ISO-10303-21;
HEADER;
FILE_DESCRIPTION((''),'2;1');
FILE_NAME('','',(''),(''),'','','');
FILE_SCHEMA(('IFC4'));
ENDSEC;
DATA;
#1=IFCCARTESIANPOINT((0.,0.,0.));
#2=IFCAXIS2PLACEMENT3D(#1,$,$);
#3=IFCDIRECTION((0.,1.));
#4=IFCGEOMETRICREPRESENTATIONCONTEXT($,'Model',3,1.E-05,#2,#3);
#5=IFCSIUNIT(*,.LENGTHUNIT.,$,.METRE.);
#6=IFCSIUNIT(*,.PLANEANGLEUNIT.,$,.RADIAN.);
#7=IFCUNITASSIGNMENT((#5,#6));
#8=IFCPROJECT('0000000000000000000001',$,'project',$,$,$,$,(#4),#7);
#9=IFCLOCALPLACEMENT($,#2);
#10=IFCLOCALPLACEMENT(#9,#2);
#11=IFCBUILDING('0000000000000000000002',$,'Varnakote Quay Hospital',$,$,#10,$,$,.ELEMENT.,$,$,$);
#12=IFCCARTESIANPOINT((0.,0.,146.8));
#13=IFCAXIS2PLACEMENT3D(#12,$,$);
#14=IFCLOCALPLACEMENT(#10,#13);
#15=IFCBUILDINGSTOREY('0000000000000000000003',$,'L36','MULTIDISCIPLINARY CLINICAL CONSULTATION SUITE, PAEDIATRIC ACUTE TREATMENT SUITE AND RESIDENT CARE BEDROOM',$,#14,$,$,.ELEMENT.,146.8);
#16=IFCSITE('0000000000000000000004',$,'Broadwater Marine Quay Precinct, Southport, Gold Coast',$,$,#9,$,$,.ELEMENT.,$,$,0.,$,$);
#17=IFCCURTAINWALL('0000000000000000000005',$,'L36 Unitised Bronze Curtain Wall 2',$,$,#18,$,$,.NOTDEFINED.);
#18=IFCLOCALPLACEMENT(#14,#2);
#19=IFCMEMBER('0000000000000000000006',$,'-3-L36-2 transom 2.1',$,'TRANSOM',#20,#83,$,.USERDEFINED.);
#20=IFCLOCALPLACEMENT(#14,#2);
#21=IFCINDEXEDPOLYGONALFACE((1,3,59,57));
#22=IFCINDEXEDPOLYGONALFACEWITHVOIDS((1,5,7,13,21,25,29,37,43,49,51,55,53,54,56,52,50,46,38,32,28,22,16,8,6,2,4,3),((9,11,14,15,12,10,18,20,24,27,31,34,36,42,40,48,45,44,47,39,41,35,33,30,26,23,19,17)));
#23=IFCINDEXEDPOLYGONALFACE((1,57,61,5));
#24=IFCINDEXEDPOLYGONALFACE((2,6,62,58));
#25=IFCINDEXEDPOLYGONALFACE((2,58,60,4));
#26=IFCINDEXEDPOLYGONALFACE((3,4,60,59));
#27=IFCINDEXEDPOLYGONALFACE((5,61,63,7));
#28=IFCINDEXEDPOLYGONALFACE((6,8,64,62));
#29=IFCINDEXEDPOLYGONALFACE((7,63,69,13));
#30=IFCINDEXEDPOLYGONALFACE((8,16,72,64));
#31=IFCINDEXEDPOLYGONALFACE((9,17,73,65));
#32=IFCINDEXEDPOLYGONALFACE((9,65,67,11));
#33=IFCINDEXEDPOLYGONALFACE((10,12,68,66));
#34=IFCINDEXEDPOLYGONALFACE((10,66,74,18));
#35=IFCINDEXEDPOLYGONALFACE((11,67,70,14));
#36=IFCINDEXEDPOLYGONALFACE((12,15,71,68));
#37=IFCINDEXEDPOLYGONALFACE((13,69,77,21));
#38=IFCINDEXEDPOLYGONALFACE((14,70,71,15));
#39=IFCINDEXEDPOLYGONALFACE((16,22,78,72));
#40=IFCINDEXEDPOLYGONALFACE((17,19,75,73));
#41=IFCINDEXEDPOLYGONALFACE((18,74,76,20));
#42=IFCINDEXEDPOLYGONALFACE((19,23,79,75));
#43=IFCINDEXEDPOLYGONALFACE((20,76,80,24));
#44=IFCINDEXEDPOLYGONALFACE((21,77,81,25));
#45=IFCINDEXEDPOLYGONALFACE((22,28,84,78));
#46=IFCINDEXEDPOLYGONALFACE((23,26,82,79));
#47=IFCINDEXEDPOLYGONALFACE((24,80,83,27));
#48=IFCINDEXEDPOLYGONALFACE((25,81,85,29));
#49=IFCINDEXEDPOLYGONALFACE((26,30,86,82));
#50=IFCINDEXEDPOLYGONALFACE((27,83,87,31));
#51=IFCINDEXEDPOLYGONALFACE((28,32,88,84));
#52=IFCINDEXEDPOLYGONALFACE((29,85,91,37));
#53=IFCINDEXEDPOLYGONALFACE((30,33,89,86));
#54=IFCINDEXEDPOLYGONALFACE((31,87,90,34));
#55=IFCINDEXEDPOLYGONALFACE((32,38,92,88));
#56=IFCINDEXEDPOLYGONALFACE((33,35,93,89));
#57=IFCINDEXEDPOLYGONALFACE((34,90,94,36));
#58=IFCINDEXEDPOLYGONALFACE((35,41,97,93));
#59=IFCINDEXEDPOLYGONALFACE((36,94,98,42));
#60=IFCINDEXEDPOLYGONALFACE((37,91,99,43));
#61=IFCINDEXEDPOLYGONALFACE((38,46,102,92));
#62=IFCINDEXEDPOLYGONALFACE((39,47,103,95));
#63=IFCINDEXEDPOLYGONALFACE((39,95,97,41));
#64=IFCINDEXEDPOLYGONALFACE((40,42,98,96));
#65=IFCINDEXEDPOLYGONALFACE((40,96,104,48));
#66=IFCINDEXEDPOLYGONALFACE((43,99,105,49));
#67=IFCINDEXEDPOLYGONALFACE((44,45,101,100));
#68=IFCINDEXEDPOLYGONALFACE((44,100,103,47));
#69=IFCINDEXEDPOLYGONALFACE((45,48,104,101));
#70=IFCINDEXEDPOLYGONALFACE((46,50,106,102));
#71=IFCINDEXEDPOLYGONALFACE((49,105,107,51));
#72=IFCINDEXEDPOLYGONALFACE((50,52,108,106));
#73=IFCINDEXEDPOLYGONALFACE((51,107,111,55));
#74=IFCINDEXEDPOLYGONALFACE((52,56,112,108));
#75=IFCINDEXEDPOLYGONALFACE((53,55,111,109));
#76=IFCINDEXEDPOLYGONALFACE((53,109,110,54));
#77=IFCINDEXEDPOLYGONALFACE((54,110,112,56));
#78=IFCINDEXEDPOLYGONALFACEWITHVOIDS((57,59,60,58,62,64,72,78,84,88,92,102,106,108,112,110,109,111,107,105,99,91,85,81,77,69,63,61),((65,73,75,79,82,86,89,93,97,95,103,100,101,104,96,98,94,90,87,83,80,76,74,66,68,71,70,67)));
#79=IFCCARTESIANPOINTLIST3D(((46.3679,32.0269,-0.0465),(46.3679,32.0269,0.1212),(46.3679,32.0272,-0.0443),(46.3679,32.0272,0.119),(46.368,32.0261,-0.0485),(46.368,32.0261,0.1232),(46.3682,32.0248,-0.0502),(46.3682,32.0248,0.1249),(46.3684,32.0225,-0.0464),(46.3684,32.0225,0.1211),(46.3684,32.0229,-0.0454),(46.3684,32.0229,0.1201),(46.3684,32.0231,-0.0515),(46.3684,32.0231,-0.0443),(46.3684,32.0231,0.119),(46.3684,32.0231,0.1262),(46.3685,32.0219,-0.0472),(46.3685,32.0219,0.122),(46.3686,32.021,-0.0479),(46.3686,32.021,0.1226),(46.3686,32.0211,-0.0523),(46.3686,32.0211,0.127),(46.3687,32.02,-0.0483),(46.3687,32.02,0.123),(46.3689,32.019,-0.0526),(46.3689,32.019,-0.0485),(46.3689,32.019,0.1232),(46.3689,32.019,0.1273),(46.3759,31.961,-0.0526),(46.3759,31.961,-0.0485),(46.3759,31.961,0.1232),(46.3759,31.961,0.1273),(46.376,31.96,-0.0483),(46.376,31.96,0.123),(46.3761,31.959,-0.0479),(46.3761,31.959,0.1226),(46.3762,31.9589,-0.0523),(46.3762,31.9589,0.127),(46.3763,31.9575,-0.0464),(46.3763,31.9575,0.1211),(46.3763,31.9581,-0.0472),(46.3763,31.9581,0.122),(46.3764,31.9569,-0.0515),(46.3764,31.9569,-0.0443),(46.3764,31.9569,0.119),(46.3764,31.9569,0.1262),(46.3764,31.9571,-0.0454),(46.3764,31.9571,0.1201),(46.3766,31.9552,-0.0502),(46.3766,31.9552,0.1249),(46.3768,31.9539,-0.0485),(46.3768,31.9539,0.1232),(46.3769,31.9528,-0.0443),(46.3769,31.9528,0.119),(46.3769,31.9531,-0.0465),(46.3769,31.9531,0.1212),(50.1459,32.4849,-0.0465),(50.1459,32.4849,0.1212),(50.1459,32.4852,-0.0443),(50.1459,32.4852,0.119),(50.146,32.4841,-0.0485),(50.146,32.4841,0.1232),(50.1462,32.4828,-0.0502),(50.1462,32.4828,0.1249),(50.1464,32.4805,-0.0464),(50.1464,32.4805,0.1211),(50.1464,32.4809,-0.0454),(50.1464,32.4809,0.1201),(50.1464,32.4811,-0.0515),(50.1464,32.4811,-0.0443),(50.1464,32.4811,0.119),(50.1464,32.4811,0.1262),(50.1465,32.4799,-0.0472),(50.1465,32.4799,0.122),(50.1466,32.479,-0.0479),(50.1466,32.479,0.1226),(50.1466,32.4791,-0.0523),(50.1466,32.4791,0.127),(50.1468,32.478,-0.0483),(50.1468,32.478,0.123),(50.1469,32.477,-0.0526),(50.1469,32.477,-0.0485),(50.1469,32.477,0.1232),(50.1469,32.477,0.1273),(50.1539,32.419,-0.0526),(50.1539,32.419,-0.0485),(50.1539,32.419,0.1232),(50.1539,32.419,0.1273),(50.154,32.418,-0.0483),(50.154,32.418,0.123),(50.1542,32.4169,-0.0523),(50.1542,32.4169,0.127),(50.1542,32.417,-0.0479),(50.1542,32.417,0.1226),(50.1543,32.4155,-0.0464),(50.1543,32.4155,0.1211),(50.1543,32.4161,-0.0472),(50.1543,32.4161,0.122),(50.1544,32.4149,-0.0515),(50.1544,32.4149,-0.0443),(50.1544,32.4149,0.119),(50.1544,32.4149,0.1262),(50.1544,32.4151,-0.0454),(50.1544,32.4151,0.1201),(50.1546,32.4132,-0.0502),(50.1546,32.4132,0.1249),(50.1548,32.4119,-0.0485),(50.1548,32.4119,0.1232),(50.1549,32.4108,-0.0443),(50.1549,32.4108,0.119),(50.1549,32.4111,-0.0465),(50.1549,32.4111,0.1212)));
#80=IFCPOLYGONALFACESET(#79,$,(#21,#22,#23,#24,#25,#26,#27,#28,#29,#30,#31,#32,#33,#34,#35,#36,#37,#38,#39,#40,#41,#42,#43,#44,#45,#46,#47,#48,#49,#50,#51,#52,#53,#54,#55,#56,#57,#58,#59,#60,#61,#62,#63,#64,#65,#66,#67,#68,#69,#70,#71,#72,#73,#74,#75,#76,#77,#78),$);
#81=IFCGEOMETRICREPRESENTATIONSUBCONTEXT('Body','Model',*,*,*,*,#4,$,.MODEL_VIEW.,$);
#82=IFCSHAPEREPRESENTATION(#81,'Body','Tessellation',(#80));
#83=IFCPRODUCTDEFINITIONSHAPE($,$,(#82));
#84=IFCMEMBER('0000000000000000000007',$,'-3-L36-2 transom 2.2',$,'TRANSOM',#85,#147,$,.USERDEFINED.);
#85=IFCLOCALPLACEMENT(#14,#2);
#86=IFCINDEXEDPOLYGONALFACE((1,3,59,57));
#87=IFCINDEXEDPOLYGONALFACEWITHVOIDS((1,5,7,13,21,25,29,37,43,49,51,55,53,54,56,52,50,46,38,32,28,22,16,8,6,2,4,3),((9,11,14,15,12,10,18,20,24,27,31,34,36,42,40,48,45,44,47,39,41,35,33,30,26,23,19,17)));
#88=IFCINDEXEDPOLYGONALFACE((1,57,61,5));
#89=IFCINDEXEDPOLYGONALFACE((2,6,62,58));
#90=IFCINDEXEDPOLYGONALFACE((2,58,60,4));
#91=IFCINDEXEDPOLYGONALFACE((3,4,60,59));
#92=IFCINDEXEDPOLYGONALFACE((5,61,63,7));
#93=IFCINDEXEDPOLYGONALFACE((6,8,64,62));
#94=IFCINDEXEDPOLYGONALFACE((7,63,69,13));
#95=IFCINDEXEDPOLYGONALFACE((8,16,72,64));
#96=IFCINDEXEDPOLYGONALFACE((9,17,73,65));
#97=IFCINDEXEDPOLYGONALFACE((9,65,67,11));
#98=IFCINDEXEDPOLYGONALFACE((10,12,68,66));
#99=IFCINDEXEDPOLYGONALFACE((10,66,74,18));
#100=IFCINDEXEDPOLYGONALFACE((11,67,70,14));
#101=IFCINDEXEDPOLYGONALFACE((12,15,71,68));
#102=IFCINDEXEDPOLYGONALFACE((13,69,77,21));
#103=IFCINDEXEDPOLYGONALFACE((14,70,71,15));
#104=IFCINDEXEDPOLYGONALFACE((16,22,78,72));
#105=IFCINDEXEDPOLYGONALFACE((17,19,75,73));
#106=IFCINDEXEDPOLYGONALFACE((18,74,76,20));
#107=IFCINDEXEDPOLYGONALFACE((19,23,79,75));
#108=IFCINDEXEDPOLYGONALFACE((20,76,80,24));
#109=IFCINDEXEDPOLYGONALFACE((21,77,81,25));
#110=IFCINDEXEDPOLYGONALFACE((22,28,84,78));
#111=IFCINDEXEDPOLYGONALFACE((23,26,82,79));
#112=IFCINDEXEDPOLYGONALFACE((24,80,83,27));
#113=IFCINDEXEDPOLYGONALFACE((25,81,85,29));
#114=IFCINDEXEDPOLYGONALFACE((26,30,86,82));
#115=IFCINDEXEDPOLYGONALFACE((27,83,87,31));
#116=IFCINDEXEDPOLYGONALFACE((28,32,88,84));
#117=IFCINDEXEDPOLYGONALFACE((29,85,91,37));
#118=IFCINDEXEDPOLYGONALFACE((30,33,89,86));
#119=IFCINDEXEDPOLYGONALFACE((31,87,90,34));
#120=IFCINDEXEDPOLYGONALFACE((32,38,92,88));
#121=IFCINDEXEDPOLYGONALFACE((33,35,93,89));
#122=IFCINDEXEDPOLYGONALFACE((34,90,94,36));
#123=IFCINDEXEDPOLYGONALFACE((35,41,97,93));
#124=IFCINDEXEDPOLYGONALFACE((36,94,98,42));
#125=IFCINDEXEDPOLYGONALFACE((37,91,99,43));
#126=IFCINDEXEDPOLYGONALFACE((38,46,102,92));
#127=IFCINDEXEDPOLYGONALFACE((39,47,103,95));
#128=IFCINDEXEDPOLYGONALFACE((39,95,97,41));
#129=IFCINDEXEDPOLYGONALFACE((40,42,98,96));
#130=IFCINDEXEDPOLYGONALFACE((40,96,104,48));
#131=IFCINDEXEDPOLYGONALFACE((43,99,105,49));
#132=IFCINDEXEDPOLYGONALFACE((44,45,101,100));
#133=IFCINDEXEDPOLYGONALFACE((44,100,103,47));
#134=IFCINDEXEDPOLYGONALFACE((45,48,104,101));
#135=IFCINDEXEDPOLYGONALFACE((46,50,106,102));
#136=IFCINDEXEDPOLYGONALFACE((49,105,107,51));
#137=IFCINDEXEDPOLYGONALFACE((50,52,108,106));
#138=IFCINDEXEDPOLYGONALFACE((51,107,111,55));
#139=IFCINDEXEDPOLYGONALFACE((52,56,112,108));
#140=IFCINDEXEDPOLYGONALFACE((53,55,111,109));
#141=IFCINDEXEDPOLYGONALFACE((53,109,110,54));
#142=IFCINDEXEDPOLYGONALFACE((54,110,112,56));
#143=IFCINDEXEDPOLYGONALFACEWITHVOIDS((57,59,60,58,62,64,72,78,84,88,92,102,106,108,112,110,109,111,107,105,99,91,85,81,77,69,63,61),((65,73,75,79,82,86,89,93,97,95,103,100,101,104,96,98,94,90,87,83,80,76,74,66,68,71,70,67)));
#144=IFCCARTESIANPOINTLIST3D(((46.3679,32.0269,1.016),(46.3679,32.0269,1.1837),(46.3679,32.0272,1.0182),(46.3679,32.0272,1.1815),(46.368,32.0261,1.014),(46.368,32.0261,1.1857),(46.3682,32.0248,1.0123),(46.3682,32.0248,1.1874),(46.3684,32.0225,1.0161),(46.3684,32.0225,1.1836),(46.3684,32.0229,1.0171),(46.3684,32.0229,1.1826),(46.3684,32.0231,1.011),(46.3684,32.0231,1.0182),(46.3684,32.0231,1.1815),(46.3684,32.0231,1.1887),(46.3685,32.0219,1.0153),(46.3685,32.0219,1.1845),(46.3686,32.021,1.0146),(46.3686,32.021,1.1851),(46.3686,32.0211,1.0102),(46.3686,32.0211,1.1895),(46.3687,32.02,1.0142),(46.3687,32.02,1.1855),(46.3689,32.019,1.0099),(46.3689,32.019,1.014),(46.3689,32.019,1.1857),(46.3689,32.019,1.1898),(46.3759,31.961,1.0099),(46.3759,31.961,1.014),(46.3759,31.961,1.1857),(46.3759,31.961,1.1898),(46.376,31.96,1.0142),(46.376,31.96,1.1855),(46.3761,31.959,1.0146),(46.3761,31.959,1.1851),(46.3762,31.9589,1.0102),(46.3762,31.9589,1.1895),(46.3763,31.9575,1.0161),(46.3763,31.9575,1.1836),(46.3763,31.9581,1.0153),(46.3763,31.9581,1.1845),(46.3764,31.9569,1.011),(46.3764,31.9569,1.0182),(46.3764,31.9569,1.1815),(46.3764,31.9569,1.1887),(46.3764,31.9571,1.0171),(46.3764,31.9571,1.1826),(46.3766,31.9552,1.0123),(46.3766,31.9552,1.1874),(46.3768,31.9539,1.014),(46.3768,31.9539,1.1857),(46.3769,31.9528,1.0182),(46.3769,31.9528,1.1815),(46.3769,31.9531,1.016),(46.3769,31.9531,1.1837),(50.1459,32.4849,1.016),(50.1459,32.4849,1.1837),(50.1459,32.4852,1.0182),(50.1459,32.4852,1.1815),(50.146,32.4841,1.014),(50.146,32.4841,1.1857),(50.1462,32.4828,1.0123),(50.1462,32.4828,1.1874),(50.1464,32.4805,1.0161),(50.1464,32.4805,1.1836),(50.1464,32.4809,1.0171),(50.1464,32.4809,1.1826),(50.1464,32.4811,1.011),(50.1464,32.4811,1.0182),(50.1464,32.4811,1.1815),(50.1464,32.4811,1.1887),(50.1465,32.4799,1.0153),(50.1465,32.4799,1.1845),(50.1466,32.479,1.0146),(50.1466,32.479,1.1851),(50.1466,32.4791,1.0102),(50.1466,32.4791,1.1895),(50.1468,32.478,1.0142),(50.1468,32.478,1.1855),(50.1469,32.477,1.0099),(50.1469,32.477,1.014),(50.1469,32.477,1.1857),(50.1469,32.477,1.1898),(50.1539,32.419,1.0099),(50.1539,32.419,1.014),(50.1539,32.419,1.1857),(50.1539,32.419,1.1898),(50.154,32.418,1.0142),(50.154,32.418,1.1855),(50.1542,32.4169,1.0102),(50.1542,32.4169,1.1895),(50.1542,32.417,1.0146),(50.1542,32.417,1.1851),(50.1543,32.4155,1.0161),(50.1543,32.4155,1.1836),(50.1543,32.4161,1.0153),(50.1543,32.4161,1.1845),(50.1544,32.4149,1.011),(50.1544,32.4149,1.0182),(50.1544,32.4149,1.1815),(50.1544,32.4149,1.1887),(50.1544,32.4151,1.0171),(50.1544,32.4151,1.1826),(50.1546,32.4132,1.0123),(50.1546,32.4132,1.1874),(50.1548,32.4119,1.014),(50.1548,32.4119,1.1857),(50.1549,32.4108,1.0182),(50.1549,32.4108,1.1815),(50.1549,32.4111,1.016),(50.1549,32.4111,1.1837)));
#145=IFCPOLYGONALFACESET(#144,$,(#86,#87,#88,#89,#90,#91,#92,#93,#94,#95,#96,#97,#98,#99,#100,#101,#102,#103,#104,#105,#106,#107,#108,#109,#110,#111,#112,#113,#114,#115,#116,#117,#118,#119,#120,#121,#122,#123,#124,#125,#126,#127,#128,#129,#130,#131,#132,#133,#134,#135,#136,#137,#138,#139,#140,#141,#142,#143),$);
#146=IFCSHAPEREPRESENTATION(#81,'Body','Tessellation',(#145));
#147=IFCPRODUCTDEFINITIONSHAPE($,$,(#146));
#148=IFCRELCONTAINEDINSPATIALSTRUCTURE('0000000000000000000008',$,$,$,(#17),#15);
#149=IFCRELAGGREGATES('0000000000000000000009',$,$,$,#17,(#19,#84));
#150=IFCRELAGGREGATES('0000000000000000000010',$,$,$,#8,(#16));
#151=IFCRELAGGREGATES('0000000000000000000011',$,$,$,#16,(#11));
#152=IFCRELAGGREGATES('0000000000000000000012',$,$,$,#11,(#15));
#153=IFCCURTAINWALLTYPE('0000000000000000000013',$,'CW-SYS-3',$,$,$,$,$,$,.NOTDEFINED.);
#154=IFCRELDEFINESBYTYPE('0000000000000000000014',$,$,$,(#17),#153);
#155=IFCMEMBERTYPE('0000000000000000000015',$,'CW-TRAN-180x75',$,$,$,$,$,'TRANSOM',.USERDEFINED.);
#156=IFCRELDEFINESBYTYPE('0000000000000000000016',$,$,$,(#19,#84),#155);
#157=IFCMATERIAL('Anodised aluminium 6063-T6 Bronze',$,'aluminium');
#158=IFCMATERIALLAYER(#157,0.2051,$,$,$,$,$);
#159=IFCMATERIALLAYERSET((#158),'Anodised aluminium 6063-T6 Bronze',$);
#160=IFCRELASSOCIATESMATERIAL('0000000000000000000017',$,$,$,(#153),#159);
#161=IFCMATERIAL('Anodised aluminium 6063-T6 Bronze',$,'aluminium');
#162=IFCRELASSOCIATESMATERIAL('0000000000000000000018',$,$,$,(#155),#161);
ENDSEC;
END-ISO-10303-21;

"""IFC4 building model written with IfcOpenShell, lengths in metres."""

from ifc_helpers import new_model, si_unit, direction, frame, origin, origin_2d, place, context, subcontext, project, spatial, hollow_rectangle, extrude, material, layer, layer_set, material_profile, profile_set, type_object, element, aggregate, save


model = new_model("IFC4")

# Units and contexts
model_context = context("Model", 3, precision=1e-05, world=origin(), true_north=direction((0.0, 1.0)))
body_context = subcontext(model_context, "Body", "Model", "MODEL_VIEW")
ifc_project = project(units=[si_unit("LENGTHUNIT", "METRE"), si_unit("PLANEANGLEUNIT", "RADIAN")], contexts=[model_context])

# Site, building, storey
site_placement = place(None, origin())
site = spatial("IfcSite", under=ifc_project, at=site_placement, Name="Broadwater Marine Quay Precinct, Southport, Gold Coast", CompositionType="ELEMENT", RefElevation=0.0)
building_placement = place(site_placement, origin())
building = spatial("IfcBuilding", under=site, at=building_placement, Name="Varnakote Quay Hospital", CompositionType="ELEMENT")
storey_placement = place(building_placement, frame((0.0, 0.0, 146.8)))
storey = spatial("IfcBuildingStorey", under=building, at=storey_placement, Name="L36", Description="MULTIDISCIPLINARY CLINICAL CONSULTATION SUITE, PAEDIATRIC ACUTE TREATMENT SUITE AND RESIDENT CARE BEDROOM", CompositionType="ELEMENT", Elevation=146.8)

# Shared definitions
ifc_material_1 = material(Name="Anodised aluminium 6063-T6 Bronze", Category="aluminium")
ifc_layer_1 = layer(ifc_material_1, 0.2051)
ifc_layer_set_1 = layer_set([ifc_layer_1], Name="Anodised aluminium 6063-T6 Bronze")
curtain_wall_type = type_object("IfcCurtainWallType", Name="CW-SYS-3", PredefinedType="NOTDEFINED", material=ifc_layer_set_1)

# Curtain wall, members
curtain_wall_1_placement = place(storey_placement, origin())
curtain_wall_1 = element("IfcCurtainWall", 1, at=curtain_wall_1_placement, inside=storey, type_object=curtain_wall_type, Name="L36 Unitised Bronze Curtain Wall 2", PredefinedType="NOTDEFINED")
ifc_material_2 = material(Name="Anodised aluminium 6063-T6 Bronze", Category="aluminium")
ifc_material_profile_1 = material_profile(ifc_material_2, hollow_rectangle(XDim=0.075, YDim=0.1799, WallThickness=0.0042, InnerFilletRadius=0.0042, OuterFilletRadius=0.0083, at=origin_2d()), Name="CW-TRAN-180x75")
ifc_profile_set_1 = profile_set([ifc_material_profile_1], Name="Anodised aluminium 6063-T6 Bronze")
member_type_1 = type_object("IfcMemberType", Name="CW-TRAN-180x75", ElementType="TRANSOM", PredefinedType="USERDEFINED", material=ifc_profile_set_1)
member_1_placement = place(storey_placement, frame((50.1504, 32.448, 0.0374), z_axis=(-0.992732, -0.120347, 0.0), x_axis=(0.120347, -0.992732, 0.0)))
member_1 = element("IfcMember", 2, at=member_1_placement, type_object=member_type_1, Name="-3-L36-2 transom 2.1", ObjectType="TRANSOM", PredefinedType="USERDEFINED", context=body_context, shape_type="SweptSolid", body=[
    extrude(hollow_rectangle(XDim=0.075, YDim=0.1799, WallThickness=0.0042, InnerFilletRadius=0.0042, OuterFilletRadius=0.0083, at=origin_2d()), origin(), (0.0, 0.0, 1.0), 3.8057),
])
member_2_placement = place(storey_placement, frame((50.1504, 32.448, 1.0999), z_axis=(-0.992732, -0.120347, 0.0), x_axis=(0.120347, -0.992732, 0.0)))
member_2 = element("IfcMember", 3, at=member_2_placement, type_object=member_type_1, Name="-3-L36-2 transom 2.2", ObjectType="TRANSOM", PredefinedType="USERDEFINED", context=body_context, shape_type="SweptSolid", body=[
    extrude(hollow_rectangle(XDim=0.075, YDim=0.1799, WallThickness=0.0042, InnerFilletRadius=0.0042, OuterFilletRadius=0.0083, at=origin_2d()), origin(), (0.0, 0.0, 1.0), 3.8057),
])

aggregate(curtain_wall_1, [member_1, member_2])

save(model, "model.ifc")
